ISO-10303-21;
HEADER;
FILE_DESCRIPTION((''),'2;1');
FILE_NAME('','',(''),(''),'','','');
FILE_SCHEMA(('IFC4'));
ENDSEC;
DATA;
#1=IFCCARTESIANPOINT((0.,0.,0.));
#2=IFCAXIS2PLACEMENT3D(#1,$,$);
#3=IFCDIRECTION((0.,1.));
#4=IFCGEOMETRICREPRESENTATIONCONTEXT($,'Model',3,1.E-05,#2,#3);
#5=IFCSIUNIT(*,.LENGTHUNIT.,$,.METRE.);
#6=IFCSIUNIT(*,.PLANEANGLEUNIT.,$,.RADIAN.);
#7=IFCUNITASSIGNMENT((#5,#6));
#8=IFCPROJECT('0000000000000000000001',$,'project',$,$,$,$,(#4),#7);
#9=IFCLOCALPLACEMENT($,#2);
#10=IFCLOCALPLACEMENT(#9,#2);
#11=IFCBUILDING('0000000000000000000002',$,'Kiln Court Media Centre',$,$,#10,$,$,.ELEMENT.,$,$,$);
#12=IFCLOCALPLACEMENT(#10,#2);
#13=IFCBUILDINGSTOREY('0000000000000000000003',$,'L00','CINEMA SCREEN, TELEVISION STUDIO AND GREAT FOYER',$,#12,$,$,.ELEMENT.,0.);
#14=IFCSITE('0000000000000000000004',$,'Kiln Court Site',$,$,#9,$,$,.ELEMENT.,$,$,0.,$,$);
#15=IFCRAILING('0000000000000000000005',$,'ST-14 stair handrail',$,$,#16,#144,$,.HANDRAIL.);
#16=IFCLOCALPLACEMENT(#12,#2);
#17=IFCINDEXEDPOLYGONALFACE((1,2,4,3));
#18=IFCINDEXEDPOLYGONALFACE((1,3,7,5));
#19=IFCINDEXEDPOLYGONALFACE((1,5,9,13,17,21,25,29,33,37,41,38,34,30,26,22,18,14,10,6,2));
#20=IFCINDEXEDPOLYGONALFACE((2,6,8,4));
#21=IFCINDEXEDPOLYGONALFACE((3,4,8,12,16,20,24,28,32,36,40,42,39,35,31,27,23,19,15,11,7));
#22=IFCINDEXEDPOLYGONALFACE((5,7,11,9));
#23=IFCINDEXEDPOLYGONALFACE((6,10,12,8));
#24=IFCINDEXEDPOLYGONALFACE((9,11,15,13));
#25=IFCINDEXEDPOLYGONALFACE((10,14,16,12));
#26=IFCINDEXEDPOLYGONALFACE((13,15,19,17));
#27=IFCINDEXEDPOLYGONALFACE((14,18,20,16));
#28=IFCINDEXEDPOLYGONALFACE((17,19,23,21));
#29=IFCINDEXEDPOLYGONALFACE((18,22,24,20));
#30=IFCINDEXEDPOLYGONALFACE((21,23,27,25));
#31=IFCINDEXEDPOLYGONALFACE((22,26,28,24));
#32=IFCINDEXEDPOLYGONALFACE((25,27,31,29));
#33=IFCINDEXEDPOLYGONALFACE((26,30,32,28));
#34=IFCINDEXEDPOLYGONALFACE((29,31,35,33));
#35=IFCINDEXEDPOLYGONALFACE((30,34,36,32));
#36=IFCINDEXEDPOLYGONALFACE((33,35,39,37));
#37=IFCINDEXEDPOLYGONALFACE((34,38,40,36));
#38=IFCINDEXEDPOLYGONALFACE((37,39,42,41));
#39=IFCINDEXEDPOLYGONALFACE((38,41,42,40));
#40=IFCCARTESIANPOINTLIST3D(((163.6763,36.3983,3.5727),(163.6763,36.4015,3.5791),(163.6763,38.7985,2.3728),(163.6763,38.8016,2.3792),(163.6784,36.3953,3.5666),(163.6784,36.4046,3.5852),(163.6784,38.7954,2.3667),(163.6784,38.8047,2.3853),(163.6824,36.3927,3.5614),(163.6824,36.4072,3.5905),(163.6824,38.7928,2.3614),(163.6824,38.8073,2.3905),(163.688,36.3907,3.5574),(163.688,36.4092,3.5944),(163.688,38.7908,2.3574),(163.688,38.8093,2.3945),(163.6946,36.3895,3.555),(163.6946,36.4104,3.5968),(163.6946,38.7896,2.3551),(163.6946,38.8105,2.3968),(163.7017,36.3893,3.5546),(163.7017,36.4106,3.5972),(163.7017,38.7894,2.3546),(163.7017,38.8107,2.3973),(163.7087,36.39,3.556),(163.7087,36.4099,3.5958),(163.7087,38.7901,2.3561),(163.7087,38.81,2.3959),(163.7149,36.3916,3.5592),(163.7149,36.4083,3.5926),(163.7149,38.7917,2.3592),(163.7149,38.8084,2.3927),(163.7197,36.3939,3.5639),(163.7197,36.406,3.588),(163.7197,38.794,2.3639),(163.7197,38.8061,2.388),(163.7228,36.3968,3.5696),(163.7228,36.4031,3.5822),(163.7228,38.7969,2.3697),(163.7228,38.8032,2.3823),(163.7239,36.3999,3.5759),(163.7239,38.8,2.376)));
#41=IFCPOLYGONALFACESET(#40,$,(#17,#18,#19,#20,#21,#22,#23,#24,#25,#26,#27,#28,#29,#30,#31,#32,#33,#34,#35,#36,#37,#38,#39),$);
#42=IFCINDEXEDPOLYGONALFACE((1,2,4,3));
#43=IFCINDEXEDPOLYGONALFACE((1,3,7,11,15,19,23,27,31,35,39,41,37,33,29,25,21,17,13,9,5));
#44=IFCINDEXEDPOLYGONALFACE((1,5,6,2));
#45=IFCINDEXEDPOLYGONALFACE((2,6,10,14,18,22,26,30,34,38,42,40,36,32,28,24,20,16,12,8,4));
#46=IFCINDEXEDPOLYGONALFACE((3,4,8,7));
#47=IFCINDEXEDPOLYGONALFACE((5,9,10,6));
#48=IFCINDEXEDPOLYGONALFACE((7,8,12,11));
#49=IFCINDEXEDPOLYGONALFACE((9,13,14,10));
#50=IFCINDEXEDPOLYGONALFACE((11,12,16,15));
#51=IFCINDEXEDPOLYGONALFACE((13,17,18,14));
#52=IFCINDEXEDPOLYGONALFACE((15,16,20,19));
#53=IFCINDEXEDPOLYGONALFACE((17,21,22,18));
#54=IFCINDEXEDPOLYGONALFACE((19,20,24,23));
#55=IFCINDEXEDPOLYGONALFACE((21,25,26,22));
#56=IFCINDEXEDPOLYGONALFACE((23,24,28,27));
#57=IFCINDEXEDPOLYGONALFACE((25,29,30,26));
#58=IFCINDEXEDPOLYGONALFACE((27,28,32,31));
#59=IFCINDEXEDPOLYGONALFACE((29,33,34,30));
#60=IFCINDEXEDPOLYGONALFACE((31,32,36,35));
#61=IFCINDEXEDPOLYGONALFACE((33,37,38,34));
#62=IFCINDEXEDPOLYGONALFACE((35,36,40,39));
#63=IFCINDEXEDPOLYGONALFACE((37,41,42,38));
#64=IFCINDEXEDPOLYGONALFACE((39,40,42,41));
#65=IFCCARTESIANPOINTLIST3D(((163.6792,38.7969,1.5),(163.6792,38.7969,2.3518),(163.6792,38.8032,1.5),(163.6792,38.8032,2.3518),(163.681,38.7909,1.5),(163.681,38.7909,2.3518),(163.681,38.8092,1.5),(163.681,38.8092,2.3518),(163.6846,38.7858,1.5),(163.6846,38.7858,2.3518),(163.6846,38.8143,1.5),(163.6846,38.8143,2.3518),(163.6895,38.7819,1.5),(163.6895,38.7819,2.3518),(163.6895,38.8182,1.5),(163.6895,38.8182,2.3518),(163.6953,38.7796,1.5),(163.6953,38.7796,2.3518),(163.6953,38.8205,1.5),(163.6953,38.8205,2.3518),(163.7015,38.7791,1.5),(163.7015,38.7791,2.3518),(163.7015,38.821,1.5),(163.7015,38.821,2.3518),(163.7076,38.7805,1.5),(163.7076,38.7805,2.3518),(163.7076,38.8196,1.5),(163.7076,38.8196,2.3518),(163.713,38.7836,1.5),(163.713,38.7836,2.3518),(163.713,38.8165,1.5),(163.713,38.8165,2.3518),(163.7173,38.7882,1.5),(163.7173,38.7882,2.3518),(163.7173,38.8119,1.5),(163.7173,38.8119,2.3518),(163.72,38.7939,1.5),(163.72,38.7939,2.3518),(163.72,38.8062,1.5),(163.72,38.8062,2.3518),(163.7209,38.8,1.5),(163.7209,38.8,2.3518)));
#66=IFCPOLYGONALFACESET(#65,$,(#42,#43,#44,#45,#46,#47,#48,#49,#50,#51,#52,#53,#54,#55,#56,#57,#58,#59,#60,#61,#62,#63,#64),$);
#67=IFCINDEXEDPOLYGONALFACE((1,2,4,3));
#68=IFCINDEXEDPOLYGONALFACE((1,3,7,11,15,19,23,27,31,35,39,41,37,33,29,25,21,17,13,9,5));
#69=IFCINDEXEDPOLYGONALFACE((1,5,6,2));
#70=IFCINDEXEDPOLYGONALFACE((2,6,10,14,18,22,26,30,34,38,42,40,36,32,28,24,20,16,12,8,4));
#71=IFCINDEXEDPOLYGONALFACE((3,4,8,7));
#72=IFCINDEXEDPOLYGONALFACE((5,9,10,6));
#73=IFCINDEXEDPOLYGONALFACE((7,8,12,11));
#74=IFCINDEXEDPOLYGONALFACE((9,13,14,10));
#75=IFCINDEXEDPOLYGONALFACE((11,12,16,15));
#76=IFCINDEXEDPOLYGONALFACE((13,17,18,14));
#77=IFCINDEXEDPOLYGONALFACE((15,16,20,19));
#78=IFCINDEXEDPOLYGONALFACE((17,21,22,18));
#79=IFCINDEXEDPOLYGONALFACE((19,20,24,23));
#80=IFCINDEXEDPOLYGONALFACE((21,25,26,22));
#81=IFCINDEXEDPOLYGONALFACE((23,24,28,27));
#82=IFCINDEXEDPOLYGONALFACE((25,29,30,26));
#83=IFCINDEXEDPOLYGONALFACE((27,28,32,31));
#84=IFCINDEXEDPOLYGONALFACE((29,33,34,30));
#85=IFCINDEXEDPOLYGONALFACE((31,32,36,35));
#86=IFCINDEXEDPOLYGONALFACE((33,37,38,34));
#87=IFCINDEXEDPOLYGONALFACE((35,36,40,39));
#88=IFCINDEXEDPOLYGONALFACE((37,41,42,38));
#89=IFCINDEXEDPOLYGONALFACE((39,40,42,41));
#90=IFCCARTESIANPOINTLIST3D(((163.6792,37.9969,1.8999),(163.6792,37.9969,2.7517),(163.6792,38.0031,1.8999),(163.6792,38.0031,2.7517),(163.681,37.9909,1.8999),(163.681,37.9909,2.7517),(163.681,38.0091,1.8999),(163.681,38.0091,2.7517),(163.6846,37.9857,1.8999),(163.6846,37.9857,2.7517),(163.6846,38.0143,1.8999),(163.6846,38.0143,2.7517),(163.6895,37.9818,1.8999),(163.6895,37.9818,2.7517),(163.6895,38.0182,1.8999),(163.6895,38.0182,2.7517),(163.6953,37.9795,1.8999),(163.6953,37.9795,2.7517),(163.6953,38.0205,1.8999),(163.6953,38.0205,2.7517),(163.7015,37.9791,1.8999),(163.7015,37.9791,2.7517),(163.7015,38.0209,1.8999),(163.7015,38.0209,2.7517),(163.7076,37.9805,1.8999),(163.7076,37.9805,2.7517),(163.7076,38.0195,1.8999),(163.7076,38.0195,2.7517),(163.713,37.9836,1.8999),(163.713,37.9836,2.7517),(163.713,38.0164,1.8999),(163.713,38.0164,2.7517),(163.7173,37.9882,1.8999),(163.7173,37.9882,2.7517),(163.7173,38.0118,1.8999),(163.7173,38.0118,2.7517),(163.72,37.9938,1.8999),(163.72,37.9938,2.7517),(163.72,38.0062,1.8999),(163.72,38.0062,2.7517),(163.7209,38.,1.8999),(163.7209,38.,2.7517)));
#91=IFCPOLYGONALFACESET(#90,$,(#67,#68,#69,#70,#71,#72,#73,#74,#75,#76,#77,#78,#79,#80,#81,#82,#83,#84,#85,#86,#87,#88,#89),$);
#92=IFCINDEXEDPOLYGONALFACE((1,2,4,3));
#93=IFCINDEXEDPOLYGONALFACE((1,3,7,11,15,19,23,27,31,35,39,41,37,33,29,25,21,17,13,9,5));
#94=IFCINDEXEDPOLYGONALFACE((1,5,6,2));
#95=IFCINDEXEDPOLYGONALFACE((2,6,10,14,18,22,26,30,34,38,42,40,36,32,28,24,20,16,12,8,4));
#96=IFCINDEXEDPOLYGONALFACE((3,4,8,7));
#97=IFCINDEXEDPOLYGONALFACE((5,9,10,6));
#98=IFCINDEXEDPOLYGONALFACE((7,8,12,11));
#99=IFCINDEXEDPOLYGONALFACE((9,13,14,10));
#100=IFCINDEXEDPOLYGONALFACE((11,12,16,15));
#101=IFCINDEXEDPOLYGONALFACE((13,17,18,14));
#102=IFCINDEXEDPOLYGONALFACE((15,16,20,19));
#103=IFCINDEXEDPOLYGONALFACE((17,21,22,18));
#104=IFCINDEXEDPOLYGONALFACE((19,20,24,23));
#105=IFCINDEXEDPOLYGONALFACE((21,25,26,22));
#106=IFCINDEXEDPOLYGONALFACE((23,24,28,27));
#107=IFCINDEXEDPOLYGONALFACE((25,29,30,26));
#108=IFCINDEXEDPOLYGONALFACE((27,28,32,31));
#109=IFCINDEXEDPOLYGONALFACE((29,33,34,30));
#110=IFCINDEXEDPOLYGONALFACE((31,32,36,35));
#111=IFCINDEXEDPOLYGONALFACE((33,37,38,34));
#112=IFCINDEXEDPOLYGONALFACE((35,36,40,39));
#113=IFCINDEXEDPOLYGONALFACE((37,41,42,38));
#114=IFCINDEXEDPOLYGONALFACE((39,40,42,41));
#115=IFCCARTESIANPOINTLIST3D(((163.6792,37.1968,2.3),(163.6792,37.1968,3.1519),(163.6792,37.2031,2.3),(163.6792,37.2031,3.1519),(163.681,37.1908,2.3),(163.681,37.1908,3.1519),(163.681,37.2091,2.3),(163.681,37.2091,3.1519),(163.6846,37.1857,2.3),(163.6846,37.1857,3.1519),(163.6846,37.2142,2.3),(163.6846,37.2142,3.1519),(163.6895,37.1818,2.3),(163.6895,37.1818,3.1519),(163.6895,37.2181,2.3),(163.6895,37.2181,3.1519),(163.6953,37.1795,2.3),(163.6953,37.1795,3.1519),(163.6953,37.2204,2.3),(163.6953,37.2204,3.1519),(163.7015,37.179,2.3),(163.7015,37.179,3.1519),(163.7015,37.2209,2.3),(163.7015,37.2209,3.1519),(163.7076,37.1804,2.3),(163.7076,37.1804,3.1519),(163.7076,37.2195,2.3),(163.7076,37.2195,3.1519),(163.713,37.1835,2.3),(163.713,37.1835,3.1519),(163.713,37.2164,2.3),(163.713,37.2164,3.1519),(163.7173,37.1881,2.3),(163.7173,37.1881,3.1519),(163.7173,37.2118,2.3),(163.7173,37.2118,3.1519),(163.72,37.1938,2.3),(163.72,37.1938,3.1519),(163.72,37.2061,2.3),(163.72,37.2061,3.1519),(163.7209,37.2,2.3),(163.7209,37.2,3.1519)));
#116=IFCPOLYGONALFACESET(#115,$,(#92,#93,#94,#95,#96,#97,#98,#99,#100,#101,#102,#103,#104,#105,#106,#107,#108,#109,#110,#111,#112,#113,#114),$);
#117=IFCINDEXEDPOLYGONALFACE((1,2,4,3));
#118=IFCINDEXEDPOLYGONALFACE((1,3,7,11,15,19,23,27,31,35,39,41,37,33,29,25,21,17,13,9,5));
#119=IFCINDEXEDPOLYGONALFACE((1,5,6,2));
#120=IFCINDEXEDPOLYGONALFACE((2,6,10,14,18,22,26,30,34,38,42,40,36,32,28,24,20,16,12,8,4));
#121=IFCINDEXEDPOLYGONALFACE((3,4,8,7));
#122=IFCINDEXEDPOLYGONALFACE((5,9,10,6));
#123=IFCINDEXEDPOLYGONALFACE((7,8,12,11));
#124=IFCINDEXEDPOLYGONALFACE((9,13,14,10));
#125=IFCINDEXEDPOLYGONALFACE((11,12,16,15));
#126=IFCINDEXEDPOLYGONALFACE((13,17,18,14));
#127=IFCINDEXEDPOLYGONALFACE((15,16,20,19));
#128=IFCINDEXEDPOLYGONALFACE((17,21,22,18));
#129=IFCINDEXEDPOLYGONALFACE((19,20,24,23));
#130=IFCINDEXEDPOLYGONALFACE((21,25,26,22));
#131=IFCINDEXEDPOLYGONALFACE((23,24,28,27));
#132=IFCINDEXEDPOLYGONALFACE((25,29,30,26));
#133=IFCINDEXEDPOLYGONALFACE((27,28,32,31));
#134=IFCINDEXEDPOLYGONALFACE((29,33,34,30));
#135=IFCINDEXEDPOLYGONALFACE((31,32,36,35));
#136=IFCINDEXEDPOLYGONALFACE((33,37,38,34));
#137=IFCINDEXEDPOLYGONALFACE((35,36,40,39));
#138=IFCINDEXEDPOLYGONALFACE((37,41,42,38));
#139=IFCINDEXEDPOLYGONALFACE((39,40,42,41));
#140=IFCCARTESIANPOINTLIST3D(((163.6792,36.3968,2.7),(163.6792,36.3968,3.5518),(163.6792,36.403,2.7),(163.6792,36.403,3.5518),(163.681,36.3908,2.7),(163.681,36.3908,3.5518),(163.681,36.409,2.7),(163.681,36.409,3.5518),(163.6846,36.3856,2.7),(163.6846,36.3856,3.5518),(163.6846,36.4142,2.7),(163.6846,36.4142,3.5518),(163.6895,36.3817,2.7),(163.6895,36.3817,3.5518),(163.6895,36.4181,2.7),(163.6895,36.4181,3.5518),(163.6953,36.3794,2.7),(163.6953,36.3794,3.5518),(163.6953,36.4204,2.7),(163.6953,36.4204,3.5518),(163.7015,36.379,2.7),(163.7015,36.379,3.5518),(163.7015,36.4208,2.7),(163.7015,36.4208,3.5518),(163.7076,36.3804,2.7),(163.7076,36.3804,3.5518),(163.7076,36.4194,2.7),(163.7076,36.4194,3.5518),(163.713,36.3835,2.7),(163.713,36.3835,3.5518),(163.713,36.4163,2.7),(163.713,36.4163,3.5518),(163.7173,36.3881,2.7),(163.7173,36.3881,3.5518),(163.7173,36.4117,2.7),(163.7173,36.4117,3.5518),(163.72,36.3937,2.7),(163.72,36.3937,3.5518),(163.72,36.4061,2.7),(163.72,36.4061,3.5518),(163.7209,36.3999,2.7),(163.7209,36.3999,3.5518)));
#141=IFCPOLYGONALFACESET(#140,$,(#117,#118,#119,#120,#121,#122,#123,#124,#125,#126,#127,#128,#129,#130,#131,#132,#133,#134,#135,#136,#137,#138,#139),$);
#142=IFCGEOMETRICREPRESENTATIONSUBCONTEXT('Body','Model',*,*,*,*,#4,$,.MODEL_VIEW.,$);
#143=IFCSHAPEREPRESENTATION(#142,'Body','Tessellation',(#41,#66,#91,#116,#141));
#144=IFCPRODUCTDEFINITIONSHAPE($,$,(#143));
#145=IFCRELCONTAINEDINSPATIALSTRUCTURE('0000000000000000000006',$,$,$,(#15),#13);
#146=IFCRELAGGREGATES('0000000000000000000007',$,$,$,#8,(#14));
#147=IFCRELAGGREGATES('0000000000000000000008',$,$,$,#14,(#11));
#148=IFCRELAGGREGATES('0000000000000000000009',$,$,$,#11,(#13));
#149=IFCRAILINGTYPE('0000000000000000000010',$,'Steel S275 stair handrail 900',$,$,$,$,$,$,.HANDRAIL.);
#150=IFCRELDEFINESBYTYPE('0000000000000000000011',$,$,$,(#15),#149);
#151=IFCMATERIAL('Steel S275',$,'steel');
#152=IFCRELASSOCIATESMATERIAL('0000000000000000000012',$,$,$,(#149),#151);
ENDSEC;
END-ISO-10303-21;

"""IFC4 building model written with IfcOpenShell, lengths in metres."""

from ifc_helpers import new_model, si_unit, direction, frame, origin, origin_2d, place, context, subcontext, project, spatial, circle, extrude, material, type_object, element, save


model = new_model("IFC4")

# Units and contexts
model_context = context("Model", 3, precision=1e-05, world=origin(), true_north=direction((0.0, 1.0)))
body_context = subcontext(model_context, "Body", "Model", "MODEL_VIEW")
ifc_project = project(units=[si_unit("LENGTHUNIT", "METRE"), si_unit("PLANEANGLEUNIT", "RADIAN")], contexts=[model_context])

# Site, building, storey
site_placement = place(None, origin())
site = spatial("IfcSite", under=ifc_project, at=site_placement, Name="Kiln Court Site", CompositionType="ELEMENT", RefElevation=0.0)
building_placement = place(site_placement, origin())
building = spatial("IfcBuilding", under=site, at=building_placement, Name="Kiln Court Media Centre", CompositionType="ELEMENT")
storey_placement = place(building_placement, origin())
storey = spatial("IfcBuildingStorey", under=building, at=storey_placement, Name="L00", Description="CINEMA SCREEN, TELEVISION STUDIO AND GREAT FOYER", CompositionType="ELEMENT", Elevation=0.0)

# Railing
ifc_material_1 = material(Name="Steel S275", Category="steel")
railing_type_1 = type_object("IfcRailingType", Name="Steel S275 stair handrail 900", PredefinedType="HANDRAIL", material=ifc_material_1)
railing_1_placement = place(storey_placement, frame((163.7, 38.8, 1.5)))
element("IfcRailing", 1, at=railing_1_placement, inside=storey, type_object=railing_type_1, Name="ST-14 stair handrail", PredefinedType="HANDRAIL", context=body_context, shape_type="SweptSolid", body=[
    extrude(circle(Radius=0.0239, at=origin_2d()), frame((0.0, 0.0, 0.876), z_axis=(0.0, -0.894445, 0.447177), x_axis=(1.0, 0.0, 0.0)), (0.0, 0.0, 1.0), 2.6833),
    extrude(circle(Radius=0.021, at=origin_2d()), origin(), (0.0, 0.0, 1.0), 0.8518),
    extrude(circle(Radius=0.021, at=origin_2d()), frame((0.0, -0.8, 0.3999)), (0.0, 0.0, 1.0), 0.8518),
    extrude(circle(Radius=0.021, at=origin_2d()), frame((0.0, -1.6001, 0.8)), (0.0, 0.0, 1.0), 0.8518),
    extrude(circle(Radius=0.021, at=origin_2d()), frame((0.0, -2.4001, 1.2)), (0.0, 0.0, 1.0), 0.8518),
])

save(model, "model.ifc")
